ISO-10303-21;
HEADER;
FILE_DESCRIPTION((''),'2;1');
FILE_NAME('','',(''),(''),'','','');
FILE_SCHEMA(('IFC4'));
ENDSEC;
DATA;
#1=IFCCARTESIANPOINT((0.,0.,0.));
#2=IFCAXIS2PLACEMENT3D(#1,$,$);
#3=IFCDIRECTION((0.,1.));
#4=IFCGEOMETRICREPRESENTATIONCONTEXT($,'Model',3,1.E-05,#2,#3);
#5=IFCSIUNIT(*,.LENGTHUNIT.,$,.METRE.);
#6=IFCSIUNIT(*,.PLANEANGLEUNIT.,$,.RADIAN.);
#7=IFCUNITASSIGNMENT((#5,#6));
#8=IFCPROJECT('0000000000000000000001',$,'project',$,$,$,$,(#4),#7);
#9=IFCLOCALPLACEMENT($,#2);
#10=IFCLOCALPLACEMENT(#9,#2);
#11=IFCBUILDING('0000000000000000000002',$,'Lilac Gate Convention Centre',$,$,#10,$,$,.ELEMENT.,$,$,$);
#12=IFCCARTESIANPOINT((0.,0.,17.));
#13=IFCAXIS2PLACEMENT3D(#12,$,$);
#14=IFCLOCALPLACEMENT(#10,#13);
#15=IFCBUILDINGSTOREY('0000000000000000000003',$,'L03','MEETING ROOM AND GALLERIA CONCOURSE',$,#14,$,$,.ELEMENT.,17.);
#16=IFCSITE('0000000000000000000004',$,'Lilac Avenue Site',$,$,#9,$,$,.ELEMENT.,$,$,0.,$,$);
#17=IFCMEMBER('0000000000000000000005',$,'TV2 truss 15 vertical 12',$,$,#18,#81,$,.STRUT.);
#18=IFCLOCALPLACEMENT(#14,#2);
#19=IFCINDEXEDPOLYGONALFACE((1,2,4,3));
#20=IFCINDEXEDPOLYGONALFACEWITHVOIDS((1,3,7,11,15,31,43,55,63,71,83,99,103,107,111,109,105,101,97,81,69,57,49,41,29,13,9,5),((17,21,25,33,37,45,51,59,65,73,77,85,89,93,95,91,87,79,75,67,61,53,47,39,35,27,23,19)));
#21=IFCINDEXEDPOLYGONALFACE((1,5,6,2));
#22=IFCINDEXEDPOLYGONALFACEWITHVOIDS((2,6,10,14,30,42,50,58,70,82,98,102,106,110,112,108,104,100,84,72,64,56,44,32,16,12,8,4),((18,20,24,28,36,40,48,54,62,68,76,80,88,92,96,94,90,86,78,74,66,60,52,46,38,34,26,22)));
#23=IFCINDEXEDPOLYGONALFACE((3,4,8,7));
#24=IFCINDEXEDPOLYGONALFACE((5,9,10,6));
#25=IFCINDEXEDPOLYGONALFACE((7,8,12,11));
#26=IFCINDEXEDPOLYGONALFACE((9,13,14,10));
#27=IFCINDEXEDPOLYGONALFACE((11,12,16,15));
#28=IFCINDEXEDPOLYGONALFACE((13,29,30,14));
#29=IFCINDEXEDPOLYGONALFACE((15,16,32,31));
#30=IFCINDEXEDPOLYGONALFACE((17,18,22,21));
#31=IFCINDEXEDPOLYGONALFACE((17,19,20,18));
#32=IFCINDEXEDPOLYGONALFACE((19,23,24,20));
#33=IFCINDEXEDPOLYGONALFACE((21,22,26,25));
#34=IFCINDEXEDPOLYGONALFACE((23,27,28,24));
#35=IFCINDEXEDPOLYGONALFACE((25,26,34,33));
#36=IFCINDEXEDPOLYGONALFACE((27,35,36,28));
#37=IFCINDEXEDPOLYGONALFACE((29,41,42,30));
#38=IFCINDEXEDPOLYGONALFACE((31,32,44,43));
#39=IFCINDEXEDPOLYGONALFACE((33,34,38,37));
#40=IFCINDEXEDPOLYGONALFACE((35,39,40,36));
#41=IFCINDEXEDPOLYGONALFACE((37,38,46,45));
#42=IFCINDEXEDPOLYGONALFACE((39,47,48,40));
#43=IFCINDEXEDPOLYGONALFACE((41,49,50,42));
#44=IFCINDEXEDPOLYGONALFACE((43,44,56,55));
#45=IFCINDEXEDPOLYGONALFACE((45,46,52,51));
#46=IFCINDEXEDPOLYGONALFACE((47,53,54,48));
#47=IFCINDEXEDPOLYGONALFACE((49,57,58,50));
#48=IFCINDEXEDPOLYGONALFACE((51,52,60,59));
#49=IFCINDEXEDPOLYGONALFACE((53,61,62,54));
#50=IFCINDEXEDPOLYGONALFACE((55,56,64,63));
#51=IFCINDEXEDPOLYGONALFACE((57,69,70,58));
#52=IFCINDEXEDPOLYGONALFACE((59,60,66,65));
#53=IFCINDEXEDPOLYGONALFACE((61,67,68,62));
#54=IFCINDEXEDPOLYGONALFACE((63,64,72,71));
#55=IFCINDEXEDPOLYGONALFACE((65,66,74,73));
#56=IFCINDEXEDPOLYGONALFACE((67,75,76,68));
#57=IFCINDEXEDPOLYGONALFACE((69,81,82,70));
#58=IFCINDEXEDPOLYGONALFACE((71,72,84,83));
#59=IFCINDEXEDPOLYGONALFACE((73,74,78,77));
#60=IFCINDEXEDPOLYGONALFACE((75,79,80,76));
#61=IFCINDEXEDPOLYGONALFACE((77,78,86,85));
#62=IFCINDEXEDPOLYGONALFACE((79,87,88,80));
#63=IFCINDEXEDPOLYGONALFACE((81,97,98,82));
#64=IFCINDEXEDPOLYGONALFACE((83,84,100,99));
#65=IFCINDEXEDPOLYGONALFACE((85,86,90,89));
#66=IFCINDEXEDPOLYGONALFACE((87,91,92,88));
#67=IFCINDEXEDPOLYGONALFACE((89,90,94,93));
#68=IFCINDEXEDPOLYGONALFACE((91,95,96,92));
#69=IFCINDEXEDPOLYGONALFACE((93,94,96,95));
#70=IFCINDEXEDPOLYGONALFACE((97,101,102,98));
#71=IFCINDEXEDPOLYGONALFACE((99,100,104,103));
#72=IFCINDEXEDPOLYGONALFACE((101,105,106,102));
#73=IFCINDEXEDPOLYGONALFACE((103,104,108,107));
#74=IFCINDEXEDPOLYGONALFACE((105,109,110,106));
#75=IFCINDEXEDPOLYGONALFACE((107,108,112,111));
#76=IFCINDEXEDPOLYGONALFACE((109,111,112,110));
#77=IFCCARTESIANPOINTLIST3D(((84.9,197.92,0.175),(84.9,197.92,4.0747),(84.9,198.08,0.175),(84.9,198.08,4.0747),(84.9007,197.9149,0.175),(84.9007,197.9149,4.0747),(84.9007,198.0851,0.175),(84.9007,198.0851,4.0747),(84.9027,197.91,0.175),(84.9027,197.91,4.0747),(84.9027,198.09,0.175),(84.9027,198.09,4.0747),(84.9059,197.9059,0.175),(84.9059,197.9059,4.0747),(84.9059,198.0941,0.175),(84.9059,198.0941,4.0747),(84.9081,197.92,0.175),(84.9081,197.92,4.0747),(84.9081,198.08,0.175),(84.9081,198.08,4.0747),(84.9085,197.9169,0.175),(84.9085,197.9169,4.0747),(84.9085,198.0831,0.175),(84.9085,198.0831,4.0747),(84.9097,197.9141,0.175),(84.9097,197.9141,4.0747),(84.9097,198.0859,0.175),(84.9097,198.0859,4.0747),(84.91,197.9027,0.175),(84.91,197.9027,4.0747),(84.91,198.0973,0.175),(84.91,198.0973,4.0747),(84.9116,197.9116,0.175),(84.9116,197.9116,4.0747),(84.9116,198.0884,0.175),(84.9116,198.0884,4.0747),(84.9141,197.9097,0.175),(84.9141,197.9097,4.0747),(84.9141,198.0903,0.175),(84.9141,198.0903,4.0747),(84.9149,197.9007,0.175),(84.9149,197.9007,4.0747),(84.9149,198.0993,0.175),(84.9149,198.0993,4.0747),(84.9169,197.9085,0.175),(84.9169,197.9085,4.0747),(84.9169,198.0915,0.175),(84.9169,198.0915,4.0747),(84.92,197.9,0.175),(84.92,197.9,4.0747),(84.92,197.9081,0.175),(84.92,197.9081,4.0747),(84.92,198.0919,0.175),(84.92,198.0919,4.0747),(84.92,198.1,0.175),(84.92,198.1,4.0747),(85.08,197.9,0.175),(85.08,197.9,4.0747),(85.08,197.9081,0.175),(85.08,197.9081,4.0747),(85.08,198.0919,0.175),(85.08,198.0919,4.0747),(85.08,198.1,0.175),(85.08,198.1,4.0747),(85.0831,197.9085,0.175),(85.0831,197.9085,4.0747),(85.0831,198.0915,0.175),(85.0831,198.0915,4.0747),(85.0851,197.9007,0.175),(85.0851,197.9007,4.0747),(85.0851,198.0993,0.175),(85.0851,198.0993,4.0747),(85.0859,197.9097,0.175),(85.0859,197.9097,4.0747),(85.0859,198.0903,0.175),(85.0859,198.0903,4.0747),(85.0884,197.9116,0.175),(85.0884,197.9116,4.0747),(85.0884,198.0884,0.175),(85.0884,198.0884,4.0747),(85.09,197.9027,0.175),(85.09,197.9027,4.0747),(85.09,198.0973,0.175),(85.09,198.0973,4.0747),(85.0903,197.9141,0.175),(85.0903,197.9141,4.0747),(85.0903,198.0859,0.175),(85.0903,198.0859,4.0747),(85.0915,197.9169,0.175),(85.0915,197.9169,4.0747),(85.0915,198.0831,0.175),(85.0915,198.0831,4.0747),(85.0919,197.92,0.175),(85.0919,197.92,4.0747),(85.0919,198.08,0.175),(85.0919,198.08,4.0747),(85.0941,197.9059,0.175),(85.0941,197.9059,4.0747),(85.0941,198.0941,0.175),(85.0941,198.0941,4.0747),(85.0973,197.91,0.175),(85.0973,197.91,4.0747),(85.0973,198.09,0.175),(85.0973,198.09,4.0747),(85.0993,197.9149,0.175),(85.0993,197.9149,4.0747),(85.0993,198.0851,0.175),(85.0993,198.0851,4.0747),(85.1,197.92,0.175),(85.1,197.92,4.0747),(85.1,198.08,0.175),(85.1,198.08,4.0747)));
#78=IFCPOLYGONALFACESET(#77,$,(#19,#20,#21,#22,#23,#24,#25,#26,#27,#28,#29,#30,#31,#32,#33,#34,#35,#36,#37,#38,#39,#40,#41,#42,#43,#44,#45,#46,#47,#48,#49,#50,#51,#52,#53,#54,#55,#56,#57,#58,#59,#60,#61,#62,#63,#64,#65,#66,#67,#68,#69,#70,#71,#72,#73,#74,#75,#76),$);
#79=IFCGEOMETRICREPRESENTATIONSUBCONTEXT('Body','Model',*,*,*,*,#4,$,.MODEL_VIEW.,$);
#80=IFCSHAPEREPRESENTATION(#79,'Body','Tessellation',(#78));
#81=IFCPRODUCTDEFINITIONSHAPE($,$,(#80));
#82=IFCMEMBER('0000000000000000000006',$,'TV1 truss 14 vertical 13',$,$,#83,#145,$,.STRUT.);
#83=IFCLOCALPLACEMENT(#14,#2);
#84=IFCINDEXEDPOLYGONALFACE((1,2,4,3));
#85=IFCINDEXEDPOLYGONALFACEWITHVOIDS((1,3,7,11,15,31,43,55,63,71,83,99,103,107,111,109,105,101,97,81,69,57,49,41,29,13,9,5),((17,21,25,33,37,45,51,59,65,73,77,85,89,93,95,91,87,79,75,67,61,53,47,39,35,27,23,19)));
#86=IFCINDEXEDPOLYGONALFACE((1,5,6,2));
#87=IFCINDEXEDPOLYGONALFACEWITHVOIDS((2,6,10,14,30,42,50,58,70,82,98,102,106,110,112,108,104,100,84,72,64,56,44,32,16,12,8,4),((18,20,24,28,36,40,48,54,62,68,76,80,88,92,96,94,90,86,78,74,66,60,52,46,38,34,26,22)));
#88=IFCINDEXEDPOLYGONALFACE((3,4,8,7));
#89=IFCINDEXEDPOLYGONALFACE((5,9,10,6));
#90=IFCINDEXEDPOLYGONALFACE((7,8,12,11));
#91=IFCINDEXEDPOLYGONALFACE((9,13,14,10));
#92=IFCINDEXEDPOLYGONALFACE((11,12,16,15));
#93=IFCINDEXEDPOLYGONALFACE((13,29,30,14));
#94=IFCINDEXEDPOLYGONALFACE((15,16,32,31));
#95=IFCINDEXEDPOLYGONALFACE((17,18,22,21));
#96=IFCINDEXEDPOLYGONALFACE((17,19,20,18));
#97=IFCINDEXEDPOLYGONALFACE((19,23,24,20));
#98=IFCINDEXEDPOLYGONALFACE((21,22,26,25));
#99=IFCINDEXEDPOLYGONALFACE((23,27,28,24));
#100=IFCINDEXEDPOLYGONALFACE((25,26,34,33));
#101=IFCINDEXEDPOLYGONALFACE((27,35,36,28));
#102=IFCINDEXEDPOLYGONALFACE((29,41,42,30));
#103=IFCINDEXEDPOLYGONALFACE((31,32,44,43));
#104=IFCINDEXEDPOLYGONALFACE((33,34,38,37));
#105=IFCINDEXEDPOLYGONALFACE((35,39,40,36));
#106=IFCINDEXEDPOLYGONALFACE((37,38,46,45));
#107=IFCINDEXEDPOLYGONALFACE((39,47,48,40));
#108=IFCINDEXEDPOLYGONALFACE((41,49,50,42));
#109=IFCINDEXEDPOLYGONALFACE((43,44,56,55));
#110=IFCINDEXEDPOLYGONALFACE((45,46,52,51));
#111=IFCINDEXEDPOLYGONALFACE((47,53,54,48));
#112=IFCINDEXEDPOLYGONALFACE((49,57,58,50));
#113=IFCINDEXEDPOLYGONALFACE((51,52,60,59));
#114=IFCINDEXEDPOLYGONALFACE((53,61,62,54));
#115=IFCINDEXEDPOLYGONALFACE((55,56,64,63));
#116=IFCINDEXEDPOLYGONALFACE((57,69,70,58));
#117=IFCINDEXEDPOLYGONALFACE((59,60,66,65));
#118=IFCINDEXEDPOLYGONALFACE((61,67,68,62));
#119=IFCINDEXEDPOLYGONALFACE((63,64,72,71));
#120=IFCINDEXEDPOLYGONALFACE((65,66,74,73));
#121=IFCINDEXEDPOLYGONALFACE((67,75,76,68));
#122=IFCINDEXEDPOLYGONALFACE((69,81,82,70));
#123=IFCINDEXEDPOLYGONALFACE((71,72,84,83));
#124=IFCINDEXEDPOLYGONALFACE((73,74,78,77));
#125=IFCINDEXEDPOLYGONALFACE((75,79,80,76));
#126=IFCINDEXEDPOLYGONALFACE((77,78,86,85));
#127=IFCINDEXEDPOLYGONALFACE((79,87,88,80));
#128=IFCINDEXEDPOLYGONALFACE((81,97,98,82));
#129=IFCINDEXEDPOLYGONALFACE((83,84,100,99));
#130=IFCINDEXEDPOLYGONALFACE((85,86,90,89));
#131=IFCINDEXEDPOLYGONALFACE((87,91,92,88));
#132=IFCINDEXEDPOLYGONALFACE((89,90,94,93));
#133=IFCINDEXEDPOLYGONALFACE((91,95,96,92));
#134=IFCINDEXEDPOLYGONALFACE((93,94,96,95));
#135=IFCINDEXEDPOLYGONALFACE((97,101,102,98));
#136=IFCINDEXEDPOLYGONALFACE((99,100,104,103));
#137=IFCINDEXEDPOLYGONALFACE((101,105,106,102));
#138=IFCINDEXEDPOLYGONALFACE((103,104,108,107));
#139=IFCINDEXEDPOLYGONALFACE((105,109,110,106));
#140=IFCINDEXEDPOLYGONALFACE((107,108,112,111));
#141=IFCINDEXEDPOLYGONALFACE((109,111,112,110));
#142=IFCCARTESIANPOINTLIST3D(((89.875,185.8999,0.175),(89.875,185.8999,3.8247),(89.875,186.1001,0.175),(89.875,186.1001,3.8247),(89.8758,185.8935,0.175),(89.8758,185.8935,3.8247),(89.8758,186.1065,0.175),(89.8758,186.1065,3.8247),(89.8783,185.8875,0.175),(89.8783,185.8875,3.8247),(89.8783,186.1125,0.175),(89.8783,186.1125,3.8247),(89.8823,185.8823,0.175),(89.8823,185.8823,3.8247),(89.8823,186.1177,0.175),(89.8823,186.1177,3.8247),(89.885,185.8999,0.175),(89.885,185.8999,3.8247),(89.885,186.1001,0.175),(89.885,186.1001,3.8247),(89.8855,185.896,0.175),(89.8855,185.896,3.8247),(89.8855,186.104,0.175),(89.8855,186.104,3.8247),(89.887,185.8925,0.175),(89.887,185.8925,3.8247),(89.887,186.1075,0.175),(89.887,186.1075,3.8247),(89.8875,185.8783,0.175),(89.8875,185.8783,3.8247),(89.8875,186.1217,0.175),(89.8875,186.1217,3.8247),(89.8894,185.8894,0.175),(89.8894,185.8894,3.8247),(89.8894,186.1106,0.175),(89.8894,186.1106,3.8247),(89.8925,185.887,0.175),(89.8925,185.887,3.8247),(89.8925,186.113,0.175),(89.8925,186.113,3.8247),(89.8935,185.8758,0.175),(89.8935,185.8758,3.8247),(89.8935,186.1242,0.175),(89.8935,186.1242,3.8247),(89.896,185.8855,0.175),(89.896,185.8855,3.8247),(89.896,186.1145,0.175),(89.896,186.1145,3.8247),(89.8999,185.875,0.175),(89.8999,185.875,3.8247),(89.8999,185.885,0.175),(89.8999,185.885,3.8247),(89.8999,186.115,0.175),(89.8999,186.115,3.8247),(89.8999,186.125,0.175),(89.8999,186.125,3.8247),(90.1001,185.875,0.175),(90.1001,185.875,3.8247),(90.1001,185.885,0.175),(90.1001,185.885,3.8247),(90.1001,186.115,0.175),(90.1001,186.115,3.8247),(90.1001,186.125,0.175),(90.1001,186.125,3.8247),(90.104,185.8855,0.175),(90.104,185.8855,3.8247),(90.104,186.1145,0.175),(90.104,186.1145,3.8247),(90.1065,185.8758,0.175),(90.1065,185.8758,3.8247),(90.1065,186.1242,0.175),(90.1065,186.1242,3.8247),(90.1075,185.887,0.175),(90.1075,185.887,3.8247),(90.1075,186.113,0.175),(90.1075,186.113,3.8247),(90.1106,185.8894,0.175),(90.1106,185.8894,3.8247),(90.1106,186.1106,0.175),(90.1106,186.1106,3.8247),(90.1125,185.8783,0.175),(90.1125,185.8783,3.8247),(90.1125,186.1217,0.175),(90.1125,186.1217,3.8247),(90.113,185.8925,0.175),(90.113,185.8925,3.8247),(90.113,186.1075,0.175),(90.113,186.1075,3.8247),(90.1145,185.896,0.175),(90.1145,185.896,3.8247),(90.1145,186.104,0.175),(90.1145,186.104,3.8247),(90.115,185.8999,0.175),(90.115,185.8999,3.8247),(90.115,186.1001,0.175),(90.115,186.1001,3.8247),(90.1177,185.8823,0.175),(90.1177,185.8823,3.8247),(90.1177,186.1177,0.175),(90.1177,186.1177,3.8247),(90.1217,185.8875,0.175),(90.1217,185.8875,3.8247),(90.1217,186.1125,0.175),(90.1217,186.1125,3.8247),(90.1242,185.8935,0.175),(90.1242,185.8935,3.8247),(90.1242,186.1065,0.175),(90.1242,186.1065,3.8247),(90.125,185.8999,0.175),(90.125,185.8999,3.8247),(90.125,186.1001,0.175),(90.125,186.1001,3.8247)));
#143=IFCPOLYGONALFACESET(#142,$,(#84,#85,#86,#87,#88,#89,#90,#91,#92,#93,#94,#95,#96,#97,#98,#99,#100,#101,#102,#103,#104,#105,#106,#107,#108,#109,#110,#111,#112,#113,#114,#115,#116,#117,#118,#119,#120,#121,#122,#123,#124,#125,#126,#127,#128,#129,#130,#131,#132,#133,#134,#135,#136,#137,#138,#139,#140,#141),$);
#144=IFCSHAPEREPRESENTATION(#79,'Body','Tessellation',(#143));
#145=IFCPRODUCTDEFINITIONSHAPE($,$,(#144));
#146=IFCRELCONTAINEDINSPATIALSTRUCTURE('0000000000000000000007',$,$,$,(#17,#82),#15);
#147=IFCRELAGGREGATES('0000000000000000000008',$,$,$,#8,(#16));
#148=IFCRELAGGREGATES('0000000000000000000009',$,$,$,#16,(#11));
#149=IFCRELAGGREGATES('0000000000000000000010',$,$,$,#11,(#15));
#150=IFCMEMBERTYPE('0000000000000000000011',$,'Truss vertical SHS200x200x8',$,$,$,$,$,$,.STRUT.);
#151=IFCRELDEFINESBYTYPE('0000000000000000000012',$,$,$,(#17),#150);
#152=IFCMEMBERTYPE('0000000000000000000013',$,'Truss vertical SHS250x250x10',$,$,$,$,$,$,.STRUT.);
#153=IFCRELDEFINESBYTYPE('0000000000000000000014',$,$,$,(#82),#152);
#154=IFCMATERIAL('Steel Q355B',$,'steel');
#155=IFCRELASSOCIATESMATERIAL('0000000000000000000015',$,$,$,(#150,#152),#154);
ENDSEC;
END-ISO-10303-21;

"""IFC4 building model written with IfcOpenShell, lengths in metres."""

from ifc_helpers import new_model, si_unit, direction, frame, origin, origin_2d, place, context, subcontext, project, spatial, hollow_rectangle, extrude, material, material_profile, profile_set, type_object, element, save


model = new_model("IFC4")

# Units and contexts
model_context = context("Model", 3, precision=1e-05, world=origin(), true_north=direction((0.0, 1.0)))
body_context = subcontext(model_context, "Body", "Model", "MODEL_VIEW")
ifc_project = project(units=[si_unit("LENGTHUNIT", "METRE"), si_unit("PLANEANGLEUNIT", "RADIAN")], contexts=[model_context])

# Site, building, storey
site_placement = place(None, origin())
site = spatial("IfcSite", under=ifc_project, at=site_placement, Name="Lilac Avenue Site", CompositionType="ELEMENT", RefElevation=0.0)
building_placement = place(site_placement, origin())
building = spatial("IfcBuilding", under=site, at=building_placement, Name="Lilac Gate Convention Centre", CompositionType="ELEMENT")
storey_placement = place(building_placement, frame((0.0, 0.0, 17.0)))
storey = spatial("IfcBuildingStorey", under=building, at=storey_placement, Name="L03", Description="MEETING ROOM AND GALLERIA CONCOURSE", CompositionType="ELEMENT", Elevation=17.0)

# Members
ifc_material = material(Name="Steel Q355B", Category="steel")
ifc_material_profile_1 = material_profile(ifc_material, hollow_rectangle(XDim=0.2, YDim=0.2, WallThickness=0.0081, InnerFilletRadius=0.012, OuterFilletRadius=0.02, at=origin_2d()), Name="SHS200x200x8")
ifc_profile_set_1 = profile_set([ifc_material_profile_1], Name="Steel Q355B")
member_type_1 = type_object("IfcMemberType", Name="Truss vertical SHS200x200x8", PredefinedType="STRUT", material=ifc_profile_set_1)
for number, where, z_axis, x_axis, name in (
    (1, (85.0, 198.0, 0.175), (0.0, 0.0, 1.0), (1.0, 0.0, 0.0), "TV2 truss 15 vertical 12"),
):
    element("IfcMember", number, at=place(storey_placement, frame(where, z_axis=z_axis, x_axis=x_axis)), inside=storey, type_object=member_type_1, Name=name, PredefinedType="STRUT", context=body_context, shape_type="SweptSolid", body=[
        extrude(hollow_rectangle(XDim=0.2, YDim=0.2, WallThickness=0.0081, InnerFilletRadius=0.012, OuterFilletRadius=0.02, at=origin_2d()), origin(), (0.0, 0.0, 1.0), 3.8997),
    ])
ifc_material_profile_2 = material_profile(ifc_material, hollow_rectangle(XDim=0.25, YDim=0.25, WallThickness=0.01, InnerFilletRadius=0.0149, OuterFilletRadius=0.0249, at=origin_2d()), Name="SHS250x250x10")
ifc_profile_set_2 = profile_set([ifc_material_profile_2], Name="Steel Q355B")
member_type_2 = type_object("IfcMemberType", Name="Truss vertical SHS250x250x10", PredefinedType="STRUT", material=ifc_profile_set_2)
for number, where, z_axis, x_axis, name in (
    (2, (90.0, 186.0, 0.175), (0.0, 0.0, 1.0), (1.0, 0.0, 0.0), "TV1 truss 14 vertical 13"),
):
    element("IfcMember", number, at=place(storey_placement, frame(where, z_axis=z_axis, x_axis=x_axis)), inside=storey, type_object=member_type_2, Name=name, PredefinedType="STRUT", context=body_context, shape_type="SweptSolid", body=[
        extrude(hollow_rectangle(XDim=0.25, YDim=0.25, WallThickness=0.01, InnerFilletRadius=0.0149, OuterFilletRadius=0.0249, at=origin_2d()), origin(), (0.0, 0.0, 1.0), 3.6497),
    ])

save(model, "model.ifc")
